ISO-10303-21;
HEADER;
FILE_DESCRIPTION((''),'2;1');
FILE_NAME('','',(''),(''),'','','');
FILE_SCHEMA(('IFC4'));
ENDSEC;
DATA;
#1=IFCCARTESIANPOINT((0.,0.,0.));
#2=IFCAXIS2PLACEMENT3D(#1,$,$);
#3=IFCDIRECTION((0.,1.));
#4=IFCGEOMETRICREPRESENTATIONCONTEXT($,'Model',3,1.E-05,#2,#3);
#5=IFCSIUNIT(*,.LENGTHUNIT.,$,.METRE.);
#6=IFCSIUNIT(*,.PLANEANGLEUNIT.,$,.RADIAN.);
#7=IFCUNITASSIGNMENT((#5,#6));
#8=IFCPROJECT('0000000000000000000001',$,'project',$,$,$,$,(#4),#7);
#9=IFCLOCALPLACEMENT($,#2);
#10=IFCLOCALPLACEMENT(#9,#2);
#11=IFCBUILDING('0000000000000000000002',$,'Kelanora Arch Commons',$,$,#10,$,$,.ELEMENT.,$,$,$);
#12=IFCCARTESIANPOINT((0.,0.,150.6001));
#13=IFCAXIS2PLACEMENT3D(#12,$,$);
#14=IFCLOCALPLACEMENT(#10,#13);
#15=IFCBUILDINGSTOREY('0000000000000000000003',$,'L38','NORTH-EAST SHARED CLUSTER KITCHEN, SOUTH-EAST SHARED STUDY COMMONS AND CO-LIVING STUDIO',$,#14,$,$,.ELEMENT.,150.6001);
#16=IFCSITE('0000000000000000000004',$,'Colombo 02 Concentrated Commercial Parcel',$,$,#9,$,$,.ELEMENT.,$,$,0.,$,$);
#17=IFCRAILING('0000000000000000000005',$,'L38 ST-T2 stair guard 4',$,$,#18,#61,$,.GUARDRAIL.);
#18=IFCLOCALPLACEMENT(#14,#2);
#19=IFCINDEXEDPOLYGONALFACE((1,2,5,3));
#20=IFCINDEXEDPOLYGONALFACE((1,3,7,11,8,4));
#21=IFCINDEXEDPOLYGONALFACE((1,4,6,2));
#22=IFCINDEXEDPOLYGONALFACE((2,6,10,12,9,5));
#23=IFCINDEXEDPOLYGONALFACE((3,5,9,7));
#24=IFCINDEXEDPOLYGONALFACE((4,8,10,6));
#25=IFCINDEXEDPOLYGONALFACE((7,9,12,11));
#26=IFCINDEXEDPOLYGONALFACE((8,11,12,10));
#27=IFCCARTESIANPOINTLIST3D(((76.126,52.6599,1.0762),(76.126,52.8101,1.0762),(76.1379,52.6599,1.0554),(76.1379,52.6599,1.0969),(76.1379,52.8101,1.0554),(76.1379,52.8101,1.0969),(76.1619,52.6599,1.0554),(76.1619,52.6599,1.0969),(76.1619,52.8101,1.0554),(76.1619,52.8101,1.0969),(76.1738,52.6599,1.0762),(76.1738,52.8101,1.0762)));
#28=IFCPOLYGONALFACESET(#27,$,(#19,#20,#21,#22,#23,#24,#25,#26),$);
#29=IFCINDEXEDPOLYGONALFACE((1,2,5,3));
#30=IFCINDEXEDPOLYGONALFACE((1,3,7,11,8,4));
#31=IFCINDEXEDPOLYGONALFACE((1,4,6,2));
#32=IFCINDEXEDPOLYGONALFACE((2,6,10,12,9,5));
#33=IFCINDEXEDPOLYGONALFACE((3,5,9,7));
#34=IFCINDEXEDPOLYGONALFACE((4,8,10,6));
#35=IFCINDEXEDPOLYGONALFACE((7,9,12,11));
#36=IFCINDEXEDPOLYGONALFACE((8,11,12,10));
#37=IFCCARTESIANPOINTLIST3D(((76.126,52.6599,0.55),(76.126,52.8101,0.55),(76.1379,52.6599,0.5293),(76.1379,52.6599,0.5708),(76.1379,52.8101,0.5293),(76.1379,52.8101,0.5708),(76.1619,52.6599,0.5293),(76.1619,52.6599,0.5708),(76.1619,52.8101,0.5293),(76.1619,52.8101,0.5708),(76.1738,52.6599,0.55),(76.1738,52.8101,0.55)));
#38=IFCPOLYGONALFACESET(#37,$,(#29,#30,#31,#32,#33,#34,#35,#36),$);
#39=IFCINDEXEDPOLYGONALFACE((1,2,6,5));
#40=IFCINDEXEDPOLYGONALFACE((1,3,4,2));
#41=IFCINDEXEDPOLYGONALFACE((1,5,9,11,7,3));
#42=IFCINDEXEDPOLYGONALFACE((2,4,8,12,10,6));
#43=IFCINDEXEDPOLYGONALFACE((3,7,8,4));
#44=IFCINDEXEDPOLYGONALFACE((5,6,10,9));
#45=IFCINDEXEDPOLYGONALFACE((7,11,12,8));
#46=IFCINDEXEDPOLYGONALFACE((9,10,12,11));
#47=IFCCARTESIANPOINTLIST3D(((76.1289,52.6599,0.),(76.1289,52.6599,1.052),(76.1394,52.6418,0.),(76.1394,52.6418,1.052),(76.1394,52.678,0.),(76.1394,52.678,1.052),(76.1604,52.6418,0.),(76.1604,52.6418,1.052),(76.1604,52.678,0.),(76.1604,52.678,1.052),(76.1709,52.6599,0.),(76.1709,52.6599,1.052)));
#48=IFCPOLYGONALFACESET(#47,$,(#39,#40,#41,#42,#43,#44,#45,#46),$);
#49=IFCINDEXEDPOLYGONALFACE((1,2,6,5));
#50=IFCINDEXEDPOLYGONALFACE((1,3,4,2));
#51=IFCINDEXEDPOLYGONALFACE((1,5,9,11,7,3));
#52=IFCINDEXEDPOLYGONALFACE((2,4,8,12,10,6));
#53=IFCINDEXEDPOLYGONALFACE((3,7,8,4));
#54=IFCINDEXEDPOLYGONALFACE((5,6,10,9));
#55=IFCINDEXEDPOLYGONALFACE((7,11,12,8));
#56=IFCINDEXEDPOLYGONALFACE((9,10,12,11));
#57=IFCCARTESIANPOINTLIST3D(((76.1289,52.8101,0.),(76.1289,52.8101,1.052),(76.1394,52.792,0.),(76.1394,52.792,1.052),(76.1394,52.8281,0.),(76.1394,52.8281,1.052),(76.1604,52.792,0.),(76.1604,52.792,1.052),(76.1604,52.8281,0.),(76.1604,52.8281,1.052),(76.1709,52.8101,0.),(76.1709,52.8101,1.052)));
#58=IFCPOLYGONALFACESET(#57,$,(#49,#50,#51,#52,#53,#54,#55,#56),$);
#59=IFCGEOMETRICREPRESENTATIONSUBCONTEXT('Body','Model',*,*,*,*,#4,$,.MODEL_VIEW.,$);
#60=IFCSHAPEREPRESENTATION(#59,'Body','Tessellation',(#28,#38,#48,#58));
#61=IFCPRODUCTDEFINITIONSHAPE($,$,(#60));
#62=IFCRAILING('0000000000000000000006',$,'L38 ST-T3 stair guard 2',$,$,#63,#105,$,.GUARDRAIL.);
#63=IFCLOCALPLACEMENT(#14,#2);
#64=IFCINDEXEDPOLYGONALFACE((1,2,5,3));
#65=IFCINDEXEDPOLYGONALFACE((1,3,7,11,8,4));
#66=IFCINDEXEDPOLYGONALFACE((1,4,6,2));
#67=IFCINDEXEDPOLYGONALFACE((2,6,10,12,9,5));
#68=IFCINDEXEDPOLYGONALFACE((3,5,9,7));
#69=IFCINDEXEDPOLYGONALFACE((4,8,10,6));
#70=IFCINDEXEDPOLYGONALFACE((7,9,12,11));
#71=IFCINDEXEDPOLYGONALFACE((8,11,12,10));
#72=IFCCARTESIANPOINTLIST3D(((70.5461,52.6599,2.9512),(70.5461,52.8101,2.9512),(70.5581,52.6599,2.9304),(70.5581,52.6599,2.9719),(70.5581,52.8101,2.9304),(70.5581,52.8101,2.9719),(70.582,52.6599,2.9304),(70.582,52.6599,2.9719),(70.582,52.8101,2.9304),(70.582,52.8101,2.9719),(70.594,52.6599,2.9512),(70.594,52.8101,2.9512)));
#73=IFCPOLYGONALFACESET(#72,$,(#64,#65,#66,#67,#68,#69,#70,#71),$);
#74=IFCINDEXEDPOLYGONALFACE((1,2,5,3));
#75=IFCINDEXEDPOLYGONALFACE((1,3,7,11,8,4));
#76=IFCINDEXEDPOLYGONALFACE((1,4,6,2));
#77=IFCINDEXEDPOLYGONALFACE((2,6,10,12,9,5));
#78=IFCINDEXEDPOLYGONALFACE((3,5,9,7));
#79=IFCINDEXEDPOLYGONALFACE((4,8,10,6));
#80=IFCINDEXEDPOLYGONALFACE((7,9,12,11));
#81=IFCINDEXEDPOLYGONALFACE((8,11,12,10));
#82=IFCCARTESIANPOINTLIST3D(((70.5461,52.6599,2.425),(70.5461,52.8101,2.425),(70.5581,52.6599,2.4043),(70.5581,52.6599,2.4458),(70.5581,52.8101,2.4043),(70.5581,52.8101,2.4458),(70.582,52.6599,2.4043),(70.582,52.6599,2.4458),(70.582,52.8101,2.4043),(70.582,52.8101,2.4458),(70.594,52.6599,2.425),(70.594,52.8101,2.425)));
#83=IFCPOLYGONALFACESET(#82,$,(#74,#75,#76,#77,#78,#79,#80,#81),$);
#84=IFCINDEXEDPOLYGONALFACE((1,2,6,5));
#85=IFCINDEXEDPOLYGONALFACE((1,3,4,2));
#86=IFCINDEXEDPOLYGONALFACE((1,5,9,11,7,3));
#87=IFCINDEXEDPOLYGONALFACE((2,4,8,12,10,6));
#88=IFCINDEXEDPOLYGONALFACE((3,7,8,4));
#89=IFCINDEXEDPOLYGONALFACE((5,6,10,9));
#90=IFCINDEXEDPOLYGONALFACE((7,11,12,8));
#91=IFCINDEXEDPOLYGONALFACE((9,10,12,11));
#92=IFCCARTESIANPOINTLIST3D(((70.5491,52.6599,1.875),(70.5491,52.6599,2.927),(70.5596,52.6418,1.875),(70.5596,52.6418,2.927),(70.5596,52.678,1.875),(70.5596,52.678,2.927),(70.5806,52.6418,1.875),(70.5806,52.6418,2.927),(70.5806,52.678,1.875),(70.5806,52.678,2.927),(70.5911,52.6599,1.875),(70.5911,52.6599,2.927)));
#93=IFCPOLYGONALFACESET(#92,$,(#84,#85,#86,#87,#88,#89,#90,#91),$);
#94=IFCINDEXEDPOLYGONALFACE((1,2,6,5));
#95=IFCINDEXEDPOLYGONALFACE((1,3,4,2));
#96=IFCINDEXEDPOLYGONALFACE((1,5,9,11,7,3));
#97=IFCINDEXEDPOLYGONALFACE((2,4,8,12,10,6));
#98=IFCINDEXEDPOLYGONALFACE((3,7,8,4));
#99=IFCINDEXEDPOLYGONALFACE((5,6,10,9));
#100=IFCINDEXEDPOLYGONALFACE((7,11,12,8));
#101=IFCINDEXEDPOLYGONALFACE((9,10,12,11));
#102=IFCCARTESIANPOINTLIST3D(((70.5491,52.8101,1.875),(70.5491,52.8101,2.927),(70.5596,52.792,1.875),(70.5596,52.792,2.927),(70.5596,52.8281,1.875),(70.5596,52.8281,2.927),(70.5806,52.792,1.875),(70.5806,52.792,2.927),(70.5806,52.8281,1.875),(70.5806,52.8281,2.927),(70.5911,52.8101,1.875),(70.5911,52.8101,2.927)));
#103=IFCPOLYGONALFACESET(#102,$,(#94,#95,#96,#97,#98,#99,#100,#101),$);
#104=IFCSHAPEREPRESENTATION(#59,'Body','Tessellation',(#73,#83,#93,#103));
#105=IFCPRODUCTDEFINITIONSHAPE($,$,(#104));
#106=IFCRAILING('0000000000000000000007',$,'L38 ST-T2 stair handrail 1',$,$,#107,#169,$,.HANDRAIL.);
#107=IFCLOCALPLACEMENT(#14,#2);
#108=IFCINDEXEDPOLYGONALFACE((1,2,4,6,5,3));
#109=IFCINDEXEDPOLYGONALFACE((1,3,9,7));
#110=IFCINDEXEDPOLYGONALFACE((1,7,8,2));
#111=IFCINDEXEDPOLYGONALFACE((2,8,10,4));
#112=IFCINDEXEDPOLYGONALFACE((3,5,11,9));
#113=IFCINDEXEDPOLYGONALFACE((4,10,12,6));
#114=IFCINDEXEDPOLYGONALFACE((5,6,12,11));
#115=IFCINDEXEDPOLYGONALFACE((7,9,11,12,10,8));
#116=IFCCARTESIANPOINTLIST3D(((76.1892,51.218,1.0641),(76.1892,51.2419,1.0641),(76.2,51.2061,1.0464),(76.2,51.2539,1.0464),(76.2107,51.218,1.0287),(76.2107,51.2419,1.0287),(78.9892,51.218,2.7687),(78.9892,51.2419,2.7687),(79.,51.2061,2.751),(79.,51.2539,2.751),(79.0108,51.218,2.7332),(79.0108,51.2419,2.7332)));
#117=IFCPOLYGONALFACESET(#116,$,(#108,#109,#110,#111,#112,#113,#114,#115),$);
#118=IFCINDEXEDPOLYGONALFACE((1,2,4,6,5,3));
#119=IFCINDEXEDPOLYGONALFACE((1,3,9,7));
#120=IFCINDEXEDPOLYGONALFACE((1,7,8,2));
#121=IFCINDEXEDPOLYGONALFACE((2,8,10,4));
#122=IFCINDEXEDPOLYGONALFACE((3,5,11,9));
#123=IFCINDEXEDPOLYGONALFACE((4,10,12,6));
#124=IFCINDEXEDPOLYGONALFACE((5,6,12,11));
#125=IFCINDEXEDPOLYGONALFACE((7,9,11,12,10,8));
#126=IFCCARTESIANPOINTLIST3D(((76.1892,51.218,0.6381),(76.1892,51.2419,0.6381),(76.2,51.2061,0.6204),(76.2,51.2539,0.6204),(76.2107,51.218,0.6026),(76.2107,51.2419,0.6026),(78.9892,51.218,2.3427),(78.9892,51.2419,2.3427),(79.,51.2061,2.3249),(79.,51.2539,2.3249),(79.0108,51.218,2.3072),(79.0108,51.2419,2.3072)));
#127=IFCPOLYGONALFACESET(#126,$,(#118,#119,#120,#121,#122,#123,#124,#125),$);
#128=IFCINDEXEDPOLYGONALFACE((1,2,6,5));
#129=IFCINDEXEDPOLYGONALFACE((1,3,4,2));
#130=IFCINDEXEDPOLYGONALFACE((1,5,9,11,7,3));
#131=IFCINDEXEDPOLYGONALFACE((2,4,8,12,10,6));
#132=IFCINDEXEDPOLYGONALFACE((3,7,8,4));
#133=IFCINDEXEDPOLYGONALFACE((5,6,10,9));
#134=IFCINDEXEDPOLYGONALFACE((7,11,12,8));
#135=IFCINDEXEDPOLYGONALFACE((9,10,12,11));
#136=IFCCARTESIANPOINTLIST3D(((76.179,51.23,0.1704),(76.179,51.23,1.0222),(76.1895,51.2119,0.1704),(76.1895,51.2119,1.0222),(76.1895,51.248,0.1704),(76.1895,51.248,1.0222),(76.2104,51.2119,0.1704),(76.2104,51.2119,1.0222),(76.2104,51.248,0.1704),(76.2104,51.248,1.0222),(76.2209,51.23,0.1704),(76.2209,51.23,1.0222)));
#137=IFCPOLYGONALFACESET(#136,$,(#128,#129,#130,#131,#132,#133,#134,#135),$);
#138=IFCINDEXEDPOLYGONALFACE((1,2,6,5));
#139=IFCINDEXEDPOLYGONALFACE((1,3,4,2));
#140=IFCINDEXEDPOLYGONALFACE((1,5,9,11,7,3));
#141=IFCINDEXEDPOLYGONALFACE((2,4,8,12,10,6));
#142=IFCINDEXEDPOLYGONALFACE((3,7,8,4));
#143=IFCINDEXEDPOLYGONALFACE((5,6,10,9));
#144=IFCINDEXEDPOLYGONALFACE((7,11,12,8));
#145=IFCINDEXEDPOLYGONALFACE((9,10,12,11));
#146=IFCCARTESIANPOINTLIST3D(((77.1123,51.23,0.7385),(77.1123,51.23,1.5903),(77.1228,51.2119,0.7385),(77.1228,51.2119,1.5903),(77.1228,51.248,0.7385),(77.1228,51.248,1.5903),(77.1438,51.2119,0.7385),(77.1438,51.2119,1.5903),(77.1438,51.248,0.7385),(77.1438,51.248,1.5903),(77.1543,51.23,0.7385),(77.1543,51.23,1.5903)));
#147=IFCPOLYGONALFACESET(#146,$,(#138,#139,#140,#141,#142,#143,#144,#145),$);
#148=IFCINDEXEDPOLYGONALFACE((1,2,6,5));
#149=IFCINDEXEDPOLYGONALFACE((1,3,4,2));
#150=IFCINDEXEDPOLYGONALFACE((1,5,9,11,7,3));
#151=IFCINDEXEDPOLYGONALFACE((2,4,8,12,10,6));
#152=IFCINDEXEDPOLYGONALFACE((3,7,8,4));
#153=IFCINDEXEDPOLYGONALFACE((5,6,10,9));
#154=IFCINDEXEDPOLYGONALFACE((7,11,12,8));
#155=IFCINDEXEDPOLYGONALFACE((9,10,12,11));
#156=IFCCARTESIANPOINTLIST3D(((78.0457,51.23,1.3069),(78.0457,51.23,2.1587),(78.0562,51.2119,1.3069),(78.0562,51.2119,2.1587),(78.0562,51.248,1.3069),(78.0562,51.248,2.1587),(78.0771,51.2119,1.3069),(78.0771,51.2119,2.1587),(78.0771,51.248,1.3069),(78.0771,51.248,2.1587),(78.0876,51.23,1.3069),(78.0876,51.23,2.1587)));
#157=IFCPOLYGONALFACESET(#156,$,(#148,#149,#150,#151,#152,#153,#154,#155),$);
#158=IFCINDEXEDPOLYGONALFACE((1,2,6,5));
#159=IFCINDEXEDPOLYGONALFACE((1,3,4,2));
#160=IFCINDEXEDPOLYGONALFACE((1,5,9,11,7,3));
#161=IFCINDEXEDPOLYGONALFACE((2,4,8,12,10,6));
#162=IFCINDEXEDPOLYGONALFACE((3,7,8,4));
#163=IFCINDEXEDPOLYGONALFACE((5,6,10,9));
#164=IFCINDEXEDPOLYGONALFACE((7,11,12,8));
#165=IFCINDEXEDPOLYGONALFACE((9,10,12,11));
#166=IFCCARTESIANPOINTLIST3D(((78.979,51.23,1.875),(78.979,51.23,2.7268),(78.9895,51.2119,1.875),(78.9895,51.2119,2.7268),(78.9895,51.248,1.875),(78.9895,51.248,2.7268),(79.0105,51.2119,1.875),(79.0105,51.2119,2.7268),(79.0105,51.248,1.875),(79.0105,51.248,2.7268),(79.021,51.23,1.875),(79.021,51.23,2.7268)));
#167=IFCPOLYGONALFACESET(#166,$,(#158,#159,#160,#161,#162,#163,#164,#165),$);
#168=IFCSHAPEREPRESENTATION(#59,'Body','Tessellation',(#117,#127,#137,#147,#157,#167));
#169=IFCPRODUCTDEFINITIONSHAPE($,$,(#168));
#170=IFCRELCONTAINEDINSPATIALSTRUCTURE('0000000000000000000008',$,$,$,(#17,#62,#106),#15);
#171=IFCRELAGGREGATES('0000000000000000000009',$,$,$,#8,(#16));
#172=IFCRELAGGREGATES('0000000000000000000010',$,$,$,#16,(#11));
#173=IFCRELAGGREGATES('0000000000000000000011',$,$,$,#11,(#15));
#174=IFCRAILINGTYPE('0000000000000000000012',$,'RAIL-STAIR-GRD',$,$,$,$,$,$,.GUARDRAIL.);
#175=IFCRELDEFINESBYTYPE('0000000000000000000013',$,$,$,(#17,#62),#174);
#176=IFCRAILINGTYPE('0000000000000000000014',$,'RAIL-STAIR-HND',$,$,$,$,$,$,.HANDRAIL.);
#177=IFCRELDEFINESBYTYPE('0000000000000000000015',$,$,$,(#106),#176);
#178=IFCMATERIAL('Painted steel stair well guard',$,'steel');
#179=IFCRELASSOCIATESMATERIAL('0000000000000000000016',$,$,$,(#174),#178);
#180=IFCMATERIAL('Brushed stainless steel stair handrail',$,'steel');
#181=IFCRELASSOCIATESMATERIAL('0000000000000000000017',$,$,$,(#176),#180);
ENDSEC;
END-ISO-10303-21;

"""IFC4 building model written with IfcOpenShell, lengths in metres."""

from ifc_helpers import new_model, si_unit, direction, frame, origin, place, context, subcontext, project, spatial, polyline, outline, extrude, material, type_object, element, save


model = new_model("IFC4")

# Units and contexts
model_context = context("Model", 3, precision=1e-05, world=origin(), true_north=direction((0.0, 1.0)))
body_context = subcontext(model_context, "Body", "Model", "MODEL_VIEW")
ifc_project = project(units=[si_unit("LENGTHUNIT", "METRE"), si_unit("PLANEANGLEUNIT", "RADIAN")], contexts=[model_context])

# Site, building, storey
site_placement = place(None, origin())
site = spatial("IfcSite", under=ifc_project, at=site_placement, Name="Colombo 02 Concentrated Commercial Parcel", CompositionType="ELEMENT", RefElevation=0.0)
building_placement = place(site_placement, origin())
building = spatial("IfcBuilding", under=site, at=building_placement, Name="Kelanora Arch Commons", CompositionType="ELEMENT")
storey_placement = place(building_placement, frame((0.0, 0.0, 150.6001)))
storey = spatial("IfcBuildingStorey", under=building, at=storey_placement, Name="L38", Description="NORTH-EAST SHARED CLUSTER KITCHEN, SOUTH-EAST SHARED STUDY COMMONS AND CO-LIVING STUDIO", CompositionType="ELEMENT", Elevation=150.6001)

# Railings
ifc_material_1 = material(Name="Painted steel stair well guard", Category="steel")
railing_type_1 = type_object("IfcRailingType", Name="RAIL-STAIR-GRD", PredefinedType="GUARDRAIL", material=ifc_material_1)
for number, where, name in (
    (1, (76.1499, 52.6599, 0.0), "L38 ST-T2 stair guard 4"),
    (2, (70.5701, 52.6599, 1.875), "L38 ST-T3 stair guard 2"),
):
    element("IfcRailing", number, at=place(storey_placement, frame(where)), inside=storey, type_object=railing_type_1, Name=name, PredefinedType="GUARDRAIL", context=body_context, shape_type="SweptSolid", body=[
        extrude(outline(polyline([(0.0239, 0.0), (0.012, 0.0208), (-0.012, 0.0208), (-0.0239, 0.0), (-0.012, -0.0208), (0.012, -0.0208), (0.0239, 0.0)])), frame((0.0, 0.0, 1.0762), z_axis=(0.0, 1.0, 0.0), x_axis=(-1.0, 0.0, 0.0)), (0.0, 0.0, 1.0), 0.1501),
        extrude(outline(polyline([(0.0239, 0.0), (0.012, 0.0208), (-0.012, 0.0208), (-0.0239, 0.0), (-0.012, -0.0208), (0.012, -0.0208), (0.0239, 0.0)])), frame((0.0, 0.0, 0.55), z_axis=(0.0, 1.0, 0.0), x_axis=(-1.0, 0.0, 0.0)), (0.0, 0.0, 1.0), 0.1501),
        extrude(outline(polyline([(0.021, 0.0), (0.0105, 0.0181), (-0.0105, 0.0181), (-0.021, 0.0), (-0.0105, -0.0181), (0.0105, -0.0181), (0.021, 0.0)])), origin(), (0.0, 0.0, 1.0), 1.052),
        extrude(outline(polyline([(0.021, 0.0), (0.0105, 0.0181), (-0.0105, 0.0181), (-0.021, 0.0), (-0.0105, -0.0181), (0.0105, -0.0181), (0.021, 0.0)])), frame((0.0, 0.1501, 0.0)), (0.0, 0.0, 1.0), 1.052),
    ])
ifc_material_2 = material(Name="Brushed stainless steel stair handrail", Category="steel")
railing_type_2 = type_object("IfcRailingType", Name="RAIL-STAIR-HND", PredefinedType="HANDRAIL", material=ifc_material_2)
railing_1_placement = place(storey_placement, frame((76.2, 51.23, 0.1704)))
element("IfcRailing", 3, at=railing_1_placement, inside=storey, type_object=railing_type_2, Name="L38 ST-T2 stair handrail 1", PredefinedType="HANDRAIL", context=body_context, shape_type="SweptSolid", body=[
    extrude(outline(polyline([(0.0239, 0.0), (0.012, 0.0208), (-0.012, 0.0208), (-0.0239, 0.0), (-0.012, -0.0208), (0.012, -0.0208), (0.0239, 0.0)])), frame((0.0, 0.0, 0.876), z_axis=(0.85417, 0.0, 0.519994), x_axis=(0.0, 1.0, 0.0)), (0.0, 0.0, 1.0), 3.2781),
    extrude(outline(polyline([(0.0239, 0.0), (0.012, 0.0208), (-0.012, 0.0208), (-0.0239, 0.0), (-0.012, -0.0208), (0.012, -0.0208), (0.0239, 0.0)])), frame((0.0, 0.0, 0.45), z_axis=(0.85417, 0.0, 0.519994), x_axis=(0.0, 1.0, 0.0)), (0.0, 0.0, 1.0), 3.2781),
    extrude(outline(polyline([(0.021, 0.0), (0.0105, 0.0181), (-0.0105, 0.0181), (-0.021, 0.0), (-0.0105, -0.0181), (0.0105, -0.0181), (0.021, 0.0)])), origin(), (0.0, 0.0, 1.0), 0.8518),
    extrude(outline(polyline([(0.021, 0.0), (0.0105, 0.0181), (-0.0105, 0.0181), (-0.021, 0.0), (-0.0105, -0.0181), (0.0105, -0.0181), (0.021, 0.0)])), frame((0.9333, 0.0, 0.5681)), (0.0, 0.0, 1.0), 0.8518),
    extrude(outline(polyline([(0.021, 0.0), (0.0105, 0.0181), (-0.0105, 0.0181), (-0.021, 0.0), (-0.0105, -0.0181), (0.0105, -0.0181), (0.021, 0.0)])), frame((1.8667, 0.0, 1.1365)), (0.0, 0.0, 1.0), 0.8518),
    extrude(outline(polyline([(0.021, 0.0), (0.0105, 0.0181), (-0.0105, 0.0181), (-0.021, 0.0), (-0.0105, -0.0181), (0.0105, -0.0181), (0.021, 0.0)])), frame((2.8, 0.0, 1.7046)), (0.0, 0.0, 1.0), 0.8518),
])

save(model, "model.ifc")
